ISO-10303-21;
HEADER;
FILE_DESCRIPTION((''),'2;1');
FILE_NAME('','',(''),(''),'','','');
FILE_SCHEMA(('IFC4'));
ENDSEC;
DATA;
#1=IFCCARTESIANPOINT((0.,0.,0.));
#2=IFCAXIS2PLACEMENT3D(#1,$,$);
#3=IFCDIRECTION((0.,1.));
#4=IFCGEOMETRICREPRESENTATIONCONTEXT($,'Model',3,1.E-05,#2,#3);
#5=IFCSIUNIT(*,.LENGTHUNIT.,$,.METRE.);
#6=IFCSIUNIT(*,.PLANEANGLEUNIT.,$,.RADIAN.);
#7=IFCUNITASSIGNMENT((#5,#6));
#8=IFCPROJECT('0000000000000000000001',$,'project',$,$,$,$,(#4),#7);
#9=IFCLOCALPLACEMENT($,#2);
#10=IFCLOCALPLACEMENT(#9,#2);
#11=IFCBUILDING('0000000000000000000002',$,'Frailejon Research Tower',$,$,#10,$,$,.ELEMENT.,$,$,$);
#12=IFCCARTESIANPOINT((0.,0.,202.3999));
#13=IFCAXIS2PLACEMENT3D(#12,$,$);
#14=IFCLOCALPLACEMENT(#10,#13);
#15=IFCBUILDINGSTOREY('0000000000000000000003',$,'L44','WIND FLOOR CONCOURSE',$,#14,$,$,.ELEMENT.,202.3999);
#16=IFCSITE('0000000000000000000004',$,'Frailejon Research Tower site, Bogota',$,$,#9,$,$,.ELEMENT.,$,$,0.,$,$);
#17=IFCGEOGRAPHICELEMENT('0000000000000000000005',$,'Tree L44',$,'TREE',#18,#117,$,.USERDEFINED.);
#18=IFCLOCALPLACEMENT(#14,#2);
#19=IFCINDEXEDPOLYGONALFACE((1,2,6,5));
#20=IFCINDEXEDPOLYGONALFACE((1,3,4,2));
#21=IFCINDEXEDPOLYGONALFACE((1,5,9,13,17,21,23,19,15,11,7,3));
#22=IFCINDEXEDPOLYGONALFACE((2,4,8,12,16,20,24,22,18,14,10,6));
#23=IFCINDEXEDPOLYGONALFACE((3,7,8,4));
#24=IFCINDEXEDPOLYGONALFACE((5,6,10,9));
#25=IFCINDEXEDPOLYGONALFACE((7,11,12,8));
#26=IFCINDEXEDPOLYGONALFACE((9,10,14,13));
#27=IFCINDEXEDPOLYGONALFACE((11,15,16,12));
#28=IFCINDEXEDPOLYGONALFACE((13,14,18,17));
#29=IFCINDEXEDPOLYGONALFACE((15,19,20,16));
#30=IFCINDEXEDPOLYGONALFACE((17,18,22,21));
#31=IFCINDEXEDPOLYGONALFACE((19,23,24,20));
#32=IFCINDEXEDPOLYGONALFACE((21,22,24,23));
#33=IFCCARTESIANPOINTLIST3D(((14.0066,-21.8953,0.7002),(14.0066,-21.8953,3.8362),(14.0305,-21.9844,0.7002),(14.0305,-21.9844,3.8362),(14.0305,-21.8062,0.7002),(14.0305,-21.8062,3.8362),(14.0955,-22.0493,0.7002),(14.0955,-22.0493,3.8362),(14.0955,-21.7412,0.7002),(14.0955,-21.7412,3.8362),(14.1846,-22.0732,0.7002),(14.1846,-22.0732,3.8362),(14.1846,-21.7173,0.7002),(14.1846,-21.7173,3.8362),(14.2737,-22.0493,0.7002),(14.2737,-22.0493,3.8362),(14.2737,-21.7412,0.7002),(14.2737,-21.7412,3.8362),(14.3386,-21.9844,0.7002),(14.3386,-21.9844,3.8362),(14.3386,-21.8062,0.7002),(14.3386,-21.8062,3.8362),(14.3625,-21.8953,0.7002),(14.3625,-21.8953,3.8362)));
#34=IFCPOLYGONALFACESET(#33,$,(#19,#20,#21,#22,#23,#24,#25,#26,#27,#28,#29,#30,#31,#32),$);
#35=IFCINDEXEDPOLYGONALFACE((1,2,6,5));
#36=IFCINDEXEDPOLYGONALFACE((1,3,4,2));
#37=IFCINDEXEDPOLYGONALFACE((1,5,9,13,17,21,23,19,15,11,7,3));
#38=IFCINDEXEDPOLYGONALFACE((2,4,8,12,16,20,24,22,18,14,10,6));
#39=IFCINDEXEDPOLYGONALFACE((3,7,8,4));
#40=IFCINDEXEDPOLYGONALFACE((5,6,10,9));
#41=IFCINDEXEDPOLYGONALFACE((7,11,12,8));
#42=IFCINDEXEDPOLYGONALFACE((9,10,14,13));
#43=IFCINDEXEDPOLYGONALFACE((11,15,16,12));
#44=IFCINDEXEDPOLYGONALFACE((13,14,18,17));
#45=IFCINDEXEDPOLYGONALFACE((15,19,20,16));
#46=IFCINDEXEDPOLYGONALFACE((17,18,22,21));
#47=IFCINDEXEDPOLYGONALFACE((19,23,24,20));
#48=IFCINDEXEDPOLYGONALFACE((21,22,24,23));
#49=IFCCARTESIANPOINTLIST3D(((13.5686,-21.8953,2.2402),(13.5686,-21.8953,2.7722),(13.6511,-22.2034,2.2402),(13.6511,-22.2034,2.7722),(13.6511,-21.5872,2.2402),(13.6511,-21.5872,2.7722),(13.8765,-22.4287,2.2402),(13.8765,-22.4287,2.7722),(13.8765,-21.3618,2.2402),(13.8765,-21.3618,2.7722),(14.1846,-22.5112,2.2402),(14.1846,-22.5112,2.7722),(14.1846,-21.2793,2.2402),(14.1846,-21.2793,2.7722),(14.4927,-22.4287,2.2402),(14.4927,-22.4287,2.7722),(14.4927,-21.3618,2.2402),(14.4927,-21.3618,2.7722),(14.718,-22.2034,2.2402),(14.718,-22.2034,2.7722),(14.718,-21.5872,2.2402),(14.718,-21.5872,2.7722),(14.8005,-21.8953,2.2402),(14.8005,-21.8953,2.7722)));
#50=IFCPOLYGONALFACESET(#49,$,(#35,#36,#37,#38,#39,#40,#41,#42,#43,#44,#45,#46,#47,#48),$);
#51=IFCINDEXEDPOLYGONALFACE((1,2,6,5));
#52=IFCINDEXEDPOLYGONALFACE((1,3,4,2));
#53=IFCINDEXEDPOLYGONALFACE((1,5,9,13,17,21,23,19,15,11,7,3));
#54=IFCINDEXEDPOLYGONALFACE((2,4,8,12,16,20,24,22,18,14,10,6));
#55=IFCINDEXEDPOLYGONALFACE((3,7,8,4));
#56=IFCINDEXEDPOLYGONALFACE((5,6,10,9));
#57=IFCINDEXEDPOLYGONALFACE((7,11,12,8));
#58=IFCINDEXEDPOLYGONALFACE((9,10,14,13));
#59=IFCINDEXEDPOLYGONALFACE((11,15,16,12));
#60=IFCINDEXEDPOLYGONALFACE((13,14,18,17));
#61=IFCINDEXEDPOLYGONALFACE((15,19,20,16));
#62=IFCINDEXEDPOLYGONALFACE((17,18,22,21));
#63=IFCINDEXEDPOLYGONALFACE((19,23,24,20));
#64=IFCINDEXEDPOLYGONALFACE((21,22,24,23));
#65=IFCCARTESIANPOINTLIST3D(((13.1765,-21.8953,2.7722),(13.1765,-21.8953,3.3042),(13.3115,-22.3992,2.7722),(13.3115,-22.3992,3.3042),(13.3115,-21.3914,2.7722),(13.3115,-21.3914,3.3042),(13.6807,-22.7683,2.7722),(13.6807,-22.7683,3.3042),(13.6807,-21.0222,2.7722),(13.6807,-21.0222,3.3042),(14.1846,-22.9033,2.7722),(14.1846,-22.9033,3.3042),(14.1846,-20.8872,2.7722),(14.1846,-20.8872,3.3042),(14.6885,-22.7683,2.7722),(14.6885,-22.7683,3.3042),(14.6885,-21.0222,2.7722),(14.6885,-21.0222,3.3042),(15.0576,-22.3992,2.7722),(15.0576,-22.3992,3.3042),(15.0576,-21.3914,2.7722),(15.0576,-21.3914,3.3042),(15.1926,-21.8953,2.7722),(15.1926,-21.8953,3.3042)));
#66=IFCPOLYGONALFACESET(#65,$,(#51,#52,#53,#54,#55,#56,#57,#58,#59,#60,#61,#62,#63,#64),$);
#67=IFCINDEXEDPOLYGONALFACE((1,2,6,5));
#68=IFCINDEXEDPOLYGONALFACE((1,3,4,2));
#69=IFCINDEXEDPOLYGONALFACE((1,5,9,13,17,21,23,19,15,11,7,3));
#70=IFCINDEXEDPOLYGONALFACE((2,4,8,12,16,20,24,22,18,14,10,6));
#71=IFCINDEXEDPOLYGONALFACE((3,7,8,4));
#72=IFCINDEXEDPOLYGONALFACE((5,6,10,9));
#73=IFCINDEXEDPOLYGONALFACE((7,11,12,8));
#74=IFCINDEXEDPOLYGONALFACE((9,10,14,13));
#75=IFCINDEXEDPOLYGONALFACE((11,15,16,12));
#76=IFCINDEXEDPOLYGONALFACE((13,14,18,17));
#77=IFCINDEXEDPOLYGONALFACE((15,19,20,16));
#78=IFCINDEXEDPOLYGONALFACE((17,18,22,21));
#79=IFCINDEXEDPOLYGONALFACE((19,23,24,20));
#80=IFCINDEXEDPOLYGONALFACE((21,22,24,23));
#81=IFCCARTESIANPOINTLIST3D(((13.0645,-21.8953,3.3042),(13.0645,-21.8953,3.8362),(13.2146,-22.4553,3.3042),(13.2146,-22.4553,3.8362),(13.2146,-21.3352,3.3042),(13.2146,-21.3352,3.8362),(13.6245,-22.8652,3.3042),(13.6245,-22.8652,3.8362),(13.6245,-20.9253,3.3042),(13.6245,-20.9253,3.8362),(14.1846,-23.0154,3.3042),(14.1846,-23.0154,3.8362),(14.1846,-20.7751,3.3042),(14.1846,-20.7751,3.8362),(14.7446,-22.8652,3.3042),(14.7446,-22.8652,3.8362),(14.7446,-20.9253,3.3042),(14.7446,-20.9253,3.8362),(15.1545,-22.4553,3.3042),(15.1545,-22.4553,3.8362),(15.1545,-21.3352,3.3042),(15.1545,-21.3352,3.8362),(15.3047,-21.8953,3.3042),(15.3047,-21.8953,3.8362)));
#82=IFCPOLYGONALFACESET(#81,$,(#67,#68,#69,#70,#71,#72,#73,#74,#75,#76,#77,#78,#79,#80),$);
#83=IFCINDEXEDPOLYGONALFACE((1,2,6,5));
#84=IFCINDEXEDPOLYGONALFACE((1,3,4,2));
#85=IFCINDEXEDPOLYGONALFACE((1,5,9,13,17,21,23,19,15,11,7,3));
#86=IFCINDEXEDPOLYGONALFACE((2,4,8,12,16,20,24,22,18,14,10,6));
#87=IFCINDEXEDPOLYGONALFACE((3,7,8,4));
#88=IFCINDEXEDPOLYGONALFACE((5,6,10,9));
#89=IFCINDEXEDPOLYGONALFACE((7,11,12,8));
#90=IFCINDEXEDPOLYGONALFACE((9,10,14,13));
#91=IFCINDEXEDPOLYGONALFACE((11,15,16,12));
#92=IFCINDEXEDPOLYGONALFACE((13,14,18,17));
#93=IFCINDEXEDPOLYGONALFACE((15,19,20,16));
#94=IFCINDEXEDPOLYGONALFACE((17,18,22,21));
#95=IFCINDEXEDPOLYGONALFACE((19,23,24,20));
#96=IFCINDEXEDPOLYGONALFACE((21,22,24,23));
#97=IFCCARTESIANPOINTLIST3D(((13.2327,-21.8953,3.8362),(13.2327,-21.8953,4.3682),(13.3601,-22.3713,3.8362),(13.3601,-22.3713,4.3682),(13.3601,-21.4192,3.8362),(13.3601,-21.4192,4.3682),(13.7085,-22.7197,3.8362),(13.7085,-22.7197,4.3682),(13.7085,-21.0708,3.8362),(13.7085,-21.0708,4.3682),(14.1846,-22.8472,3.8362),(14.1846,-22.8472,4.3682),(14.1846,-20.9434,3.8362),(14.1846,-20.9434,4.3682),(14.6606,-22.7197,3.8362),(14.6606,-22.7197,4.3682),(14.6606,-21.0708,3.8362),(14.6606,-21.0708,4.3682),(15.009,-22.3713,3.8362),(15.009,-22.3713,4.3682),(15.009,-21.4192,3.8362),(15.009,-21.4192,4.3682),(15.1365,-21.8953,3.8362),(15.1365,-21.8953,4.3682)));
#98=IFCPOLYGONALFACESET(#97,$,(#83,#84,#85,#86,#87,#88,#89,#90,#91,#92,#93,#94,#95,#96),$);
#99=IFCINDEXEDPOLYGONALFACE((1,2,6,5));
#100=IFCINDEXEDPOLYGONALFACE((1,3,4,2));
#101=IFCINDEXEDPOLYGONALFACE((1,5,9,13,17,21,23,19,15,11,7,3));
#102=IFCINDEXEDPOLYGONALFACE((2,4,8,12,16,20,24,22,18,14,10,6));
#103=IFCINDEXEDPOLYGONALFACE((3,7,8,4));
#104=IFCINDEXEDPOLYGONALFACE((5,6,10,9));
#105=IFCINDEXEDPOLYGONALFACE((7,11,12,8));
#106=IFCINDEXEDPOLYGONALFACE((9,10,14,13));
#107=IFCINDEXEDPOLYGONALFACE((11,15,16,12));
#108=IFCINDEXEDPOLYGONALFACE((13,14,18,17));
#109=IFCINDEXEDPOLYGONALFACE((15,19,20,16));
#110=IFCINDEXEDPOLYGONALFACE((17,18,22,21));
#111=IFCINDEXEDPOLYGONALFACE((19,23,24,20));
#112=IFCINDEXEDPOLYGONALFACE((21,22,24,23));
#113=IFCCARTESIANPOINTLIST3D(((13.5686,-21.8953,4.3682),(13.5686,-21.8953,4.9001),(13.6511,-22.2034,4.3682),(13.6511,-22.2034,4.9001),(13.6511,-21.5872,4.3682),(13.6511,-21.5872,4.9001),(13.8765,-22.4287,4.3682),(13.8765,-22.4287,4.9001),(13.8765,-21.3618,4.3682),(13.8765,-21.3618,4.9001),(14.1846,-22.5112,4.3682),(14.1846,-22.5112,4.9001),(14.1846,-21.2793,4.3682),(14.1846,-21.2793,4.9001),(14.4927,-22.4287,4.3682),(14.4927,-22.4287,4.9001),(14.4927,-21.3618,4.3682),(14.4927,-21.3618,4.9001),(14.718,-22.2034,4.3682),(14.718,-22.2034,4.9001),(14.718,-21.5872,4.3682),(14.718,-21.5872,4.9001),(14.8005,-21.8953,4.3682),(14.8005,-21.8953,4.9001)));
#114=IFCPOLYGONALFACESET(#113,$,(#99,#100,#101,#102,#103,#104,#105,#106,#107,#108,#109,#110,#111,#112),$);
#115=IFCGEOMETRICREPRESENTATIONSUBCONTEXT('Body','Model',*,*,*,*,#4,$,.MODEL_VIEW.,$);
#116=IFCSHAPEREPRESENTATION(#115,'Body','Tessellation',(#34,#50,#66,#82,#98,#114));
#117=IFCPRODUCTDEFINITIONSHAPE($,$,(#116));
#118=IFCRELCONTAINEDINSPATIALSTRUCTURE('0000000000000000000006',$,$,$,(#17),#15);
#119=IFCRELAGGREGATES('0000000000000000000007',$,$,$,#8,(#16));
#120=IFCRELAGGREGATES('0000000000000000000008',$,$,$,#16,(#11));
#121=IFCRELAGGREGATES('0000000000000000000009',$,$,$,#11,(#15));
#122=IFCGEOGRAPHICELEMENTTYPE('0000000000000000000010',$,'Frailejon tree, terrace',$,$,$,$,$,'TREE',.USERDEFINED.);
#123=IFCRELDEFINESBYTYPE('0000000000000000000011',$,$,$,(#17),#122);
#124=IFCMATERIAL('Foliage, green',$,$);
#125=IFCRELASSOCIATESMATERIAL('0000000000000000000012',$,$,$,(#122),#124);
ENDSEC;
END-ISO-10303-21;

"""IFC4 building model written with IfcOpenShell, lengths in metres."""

from ifc_helpers import new_model, si_unit, direction, frame, origin, place, context, subcontext, project, spatial, polyline, outline, extrude, material, type_object, element, save


model = new_model("IFC4")

# Units and contexts
model_context = context("Model", 3, precision=1e-05, world=origin(), true_north=direction((0.0, 1.0)))
body_context = subcontext(model_context, "Body", "Model", "MODEL_VIEW")
ifc_project = project(units=[si_unit("LENGTHUNIT", "METRE"), si_unit("PLANEANGLEUNIT", "RADIAN")], contexts=[model_context])

# Site, building, storey
site_placement = place(None, origin())
site = spatial("IfcSite", under=ifc_project, at=site_placement, Name="Frailejon Research Tower site, Bogota", CompositionType="ELEMENT", RefElevation=0.0)
building_placement = place(site_placement, origin())
building = spatial("IfcBuilding", under=site, at=building_placement, Name="Frailejon Research Tower", CompositionType="ELEMENT")
storey_placement = place(building_placement, frame((0.0, 0.0, 202.3999)))
storey = spatial("IfcBuildingStorey", under=building, at=storey_placement, Name="L44", Description="WIND FLOOR CONCOURSE", CompositionType="ELEMENT", Elevation=202.3999)

# Geographic element
ifc_material_1 = material(Name="Foliage, green")
geographic_element_type = type_object("IfcGeographicElementType", Name="Frailejon tree, terrace", ElementType="TREE", PredefinedType="USERDEFINED", material=ifc_material_1)
geographic_element_1_placement = place(storey_placement, frame((14.1846, -21.8953, 0.7002)))
element("IfcGeographicElement", 1, at=geographic_element_1_placement, inside=storey, type_object=geographic_element_type, Name="Tree L44", ObjectType="TREE", PredefinedType="USERDEFINED", context=body_context, shape_type="SweptSolid", body=[
    extrude(outline(polyline([(0.178, 0.0), (0.1541, 0.0891), (0.0891, 0.1541), (0.0, 0.178), (-0.0891, 0.1541), (-0.1541, 0.0891), (-0.178, 0.0), (-0.1541, -0.0891), (-0.0891, -0.1541), (0.0, -0.178), (0.0891, -0.1541), (0.1541, -0.0891), (0.178, 0.0)])), origin(), (0.0, 0.0, 1.0), 3.136),
    extrude(outline(polyline([(0.616, 0.0), (0.5334, 0.3081), (0.3081, 0.5334), (0.0, 0.616), (-0.3081, 0.5334), (-0.5334, 0.3081), (-0.616, 0.0), (-0.5334, -0.3081), (-0.3081, -0.5334), (0.0, -0.616), (0.3081, -0.5334), (0.5334, -0.3081), (0.616, 0.0)])), frame((0.0, 0.0, 1.54)), (0.0, 0.0, 1.0), 0.532),
    extrude(outline(polyline([(1.0081, 0.0), (0.873, 0.5039), (0.5039, 0.873), (0.0, 1.0081), (-0.5039, 0.873), (-0.873, 0.5039), (-1.0081, 0.0), (-0.873, -0.5039), (-0.5039, -0.873), (0.0, -1.0081), (0.5039, -0.873), (0.873, -0.5039), (1.0081, 0.0)])), frame((0.0, 0.0, 2.072)), (0.0, 0.0, 1.0), 0.532),
    extrude(outline(polyline([(1.1201, 0.0), (0.97, 0.5601), (0.5601, 0.97), (0.0, 1.1201), (-0.5601, 0.97), (-0.97, 0.5601), (-1.1201, 0.0), (-0.97, -0.5601), (-0.5601, -0.97), (0.0, -1.1201), (0.5601, -0.97), (0.97, -0.5601), (1.1201, 0.0)])), frame((0.0, 0.0, 2.604)), (0.0, 0.0, 1.0), 0.532),
    extrude(outline(polyline([(0.9519, 0.0), (0.8245, 0.4761), (0.4761, 0.8245), (0.0, 0.9519), (-0.4761, 0.8245), (-0.8245, 0.4761), (-0.9519, 0.0), (-0.8245, -0.4761), (-0.4761, -0.8245), (0.0, -0.9519), (0.4761, -0.8245), (0.8245, -0.4761), (0.9519, 0.0)])), frame((0.0, 0.0, 3.136)), (0.0, 0.0, 1.0), 0.532),
    extrude(outline(polyline([(0.616, 0.0), (0.5334, 0.3081), (0.3081, 0.5334), (0.0, 0.616), (-0.3081, 0.5334), (-0.5334, 0.3081), (-0.616, 0.0), (-0.5334, -0.3081), (-0.3081, -0.5334), (0.0, -0.616), (0.3081, -0.5334), (0.5334, -0.3081), (0.616, 0.0)])), frame((0.0, 0.0, 3.668)), (0.0, 0.0, 1.0), 0.532),
])

save(model, "model.ifc")
